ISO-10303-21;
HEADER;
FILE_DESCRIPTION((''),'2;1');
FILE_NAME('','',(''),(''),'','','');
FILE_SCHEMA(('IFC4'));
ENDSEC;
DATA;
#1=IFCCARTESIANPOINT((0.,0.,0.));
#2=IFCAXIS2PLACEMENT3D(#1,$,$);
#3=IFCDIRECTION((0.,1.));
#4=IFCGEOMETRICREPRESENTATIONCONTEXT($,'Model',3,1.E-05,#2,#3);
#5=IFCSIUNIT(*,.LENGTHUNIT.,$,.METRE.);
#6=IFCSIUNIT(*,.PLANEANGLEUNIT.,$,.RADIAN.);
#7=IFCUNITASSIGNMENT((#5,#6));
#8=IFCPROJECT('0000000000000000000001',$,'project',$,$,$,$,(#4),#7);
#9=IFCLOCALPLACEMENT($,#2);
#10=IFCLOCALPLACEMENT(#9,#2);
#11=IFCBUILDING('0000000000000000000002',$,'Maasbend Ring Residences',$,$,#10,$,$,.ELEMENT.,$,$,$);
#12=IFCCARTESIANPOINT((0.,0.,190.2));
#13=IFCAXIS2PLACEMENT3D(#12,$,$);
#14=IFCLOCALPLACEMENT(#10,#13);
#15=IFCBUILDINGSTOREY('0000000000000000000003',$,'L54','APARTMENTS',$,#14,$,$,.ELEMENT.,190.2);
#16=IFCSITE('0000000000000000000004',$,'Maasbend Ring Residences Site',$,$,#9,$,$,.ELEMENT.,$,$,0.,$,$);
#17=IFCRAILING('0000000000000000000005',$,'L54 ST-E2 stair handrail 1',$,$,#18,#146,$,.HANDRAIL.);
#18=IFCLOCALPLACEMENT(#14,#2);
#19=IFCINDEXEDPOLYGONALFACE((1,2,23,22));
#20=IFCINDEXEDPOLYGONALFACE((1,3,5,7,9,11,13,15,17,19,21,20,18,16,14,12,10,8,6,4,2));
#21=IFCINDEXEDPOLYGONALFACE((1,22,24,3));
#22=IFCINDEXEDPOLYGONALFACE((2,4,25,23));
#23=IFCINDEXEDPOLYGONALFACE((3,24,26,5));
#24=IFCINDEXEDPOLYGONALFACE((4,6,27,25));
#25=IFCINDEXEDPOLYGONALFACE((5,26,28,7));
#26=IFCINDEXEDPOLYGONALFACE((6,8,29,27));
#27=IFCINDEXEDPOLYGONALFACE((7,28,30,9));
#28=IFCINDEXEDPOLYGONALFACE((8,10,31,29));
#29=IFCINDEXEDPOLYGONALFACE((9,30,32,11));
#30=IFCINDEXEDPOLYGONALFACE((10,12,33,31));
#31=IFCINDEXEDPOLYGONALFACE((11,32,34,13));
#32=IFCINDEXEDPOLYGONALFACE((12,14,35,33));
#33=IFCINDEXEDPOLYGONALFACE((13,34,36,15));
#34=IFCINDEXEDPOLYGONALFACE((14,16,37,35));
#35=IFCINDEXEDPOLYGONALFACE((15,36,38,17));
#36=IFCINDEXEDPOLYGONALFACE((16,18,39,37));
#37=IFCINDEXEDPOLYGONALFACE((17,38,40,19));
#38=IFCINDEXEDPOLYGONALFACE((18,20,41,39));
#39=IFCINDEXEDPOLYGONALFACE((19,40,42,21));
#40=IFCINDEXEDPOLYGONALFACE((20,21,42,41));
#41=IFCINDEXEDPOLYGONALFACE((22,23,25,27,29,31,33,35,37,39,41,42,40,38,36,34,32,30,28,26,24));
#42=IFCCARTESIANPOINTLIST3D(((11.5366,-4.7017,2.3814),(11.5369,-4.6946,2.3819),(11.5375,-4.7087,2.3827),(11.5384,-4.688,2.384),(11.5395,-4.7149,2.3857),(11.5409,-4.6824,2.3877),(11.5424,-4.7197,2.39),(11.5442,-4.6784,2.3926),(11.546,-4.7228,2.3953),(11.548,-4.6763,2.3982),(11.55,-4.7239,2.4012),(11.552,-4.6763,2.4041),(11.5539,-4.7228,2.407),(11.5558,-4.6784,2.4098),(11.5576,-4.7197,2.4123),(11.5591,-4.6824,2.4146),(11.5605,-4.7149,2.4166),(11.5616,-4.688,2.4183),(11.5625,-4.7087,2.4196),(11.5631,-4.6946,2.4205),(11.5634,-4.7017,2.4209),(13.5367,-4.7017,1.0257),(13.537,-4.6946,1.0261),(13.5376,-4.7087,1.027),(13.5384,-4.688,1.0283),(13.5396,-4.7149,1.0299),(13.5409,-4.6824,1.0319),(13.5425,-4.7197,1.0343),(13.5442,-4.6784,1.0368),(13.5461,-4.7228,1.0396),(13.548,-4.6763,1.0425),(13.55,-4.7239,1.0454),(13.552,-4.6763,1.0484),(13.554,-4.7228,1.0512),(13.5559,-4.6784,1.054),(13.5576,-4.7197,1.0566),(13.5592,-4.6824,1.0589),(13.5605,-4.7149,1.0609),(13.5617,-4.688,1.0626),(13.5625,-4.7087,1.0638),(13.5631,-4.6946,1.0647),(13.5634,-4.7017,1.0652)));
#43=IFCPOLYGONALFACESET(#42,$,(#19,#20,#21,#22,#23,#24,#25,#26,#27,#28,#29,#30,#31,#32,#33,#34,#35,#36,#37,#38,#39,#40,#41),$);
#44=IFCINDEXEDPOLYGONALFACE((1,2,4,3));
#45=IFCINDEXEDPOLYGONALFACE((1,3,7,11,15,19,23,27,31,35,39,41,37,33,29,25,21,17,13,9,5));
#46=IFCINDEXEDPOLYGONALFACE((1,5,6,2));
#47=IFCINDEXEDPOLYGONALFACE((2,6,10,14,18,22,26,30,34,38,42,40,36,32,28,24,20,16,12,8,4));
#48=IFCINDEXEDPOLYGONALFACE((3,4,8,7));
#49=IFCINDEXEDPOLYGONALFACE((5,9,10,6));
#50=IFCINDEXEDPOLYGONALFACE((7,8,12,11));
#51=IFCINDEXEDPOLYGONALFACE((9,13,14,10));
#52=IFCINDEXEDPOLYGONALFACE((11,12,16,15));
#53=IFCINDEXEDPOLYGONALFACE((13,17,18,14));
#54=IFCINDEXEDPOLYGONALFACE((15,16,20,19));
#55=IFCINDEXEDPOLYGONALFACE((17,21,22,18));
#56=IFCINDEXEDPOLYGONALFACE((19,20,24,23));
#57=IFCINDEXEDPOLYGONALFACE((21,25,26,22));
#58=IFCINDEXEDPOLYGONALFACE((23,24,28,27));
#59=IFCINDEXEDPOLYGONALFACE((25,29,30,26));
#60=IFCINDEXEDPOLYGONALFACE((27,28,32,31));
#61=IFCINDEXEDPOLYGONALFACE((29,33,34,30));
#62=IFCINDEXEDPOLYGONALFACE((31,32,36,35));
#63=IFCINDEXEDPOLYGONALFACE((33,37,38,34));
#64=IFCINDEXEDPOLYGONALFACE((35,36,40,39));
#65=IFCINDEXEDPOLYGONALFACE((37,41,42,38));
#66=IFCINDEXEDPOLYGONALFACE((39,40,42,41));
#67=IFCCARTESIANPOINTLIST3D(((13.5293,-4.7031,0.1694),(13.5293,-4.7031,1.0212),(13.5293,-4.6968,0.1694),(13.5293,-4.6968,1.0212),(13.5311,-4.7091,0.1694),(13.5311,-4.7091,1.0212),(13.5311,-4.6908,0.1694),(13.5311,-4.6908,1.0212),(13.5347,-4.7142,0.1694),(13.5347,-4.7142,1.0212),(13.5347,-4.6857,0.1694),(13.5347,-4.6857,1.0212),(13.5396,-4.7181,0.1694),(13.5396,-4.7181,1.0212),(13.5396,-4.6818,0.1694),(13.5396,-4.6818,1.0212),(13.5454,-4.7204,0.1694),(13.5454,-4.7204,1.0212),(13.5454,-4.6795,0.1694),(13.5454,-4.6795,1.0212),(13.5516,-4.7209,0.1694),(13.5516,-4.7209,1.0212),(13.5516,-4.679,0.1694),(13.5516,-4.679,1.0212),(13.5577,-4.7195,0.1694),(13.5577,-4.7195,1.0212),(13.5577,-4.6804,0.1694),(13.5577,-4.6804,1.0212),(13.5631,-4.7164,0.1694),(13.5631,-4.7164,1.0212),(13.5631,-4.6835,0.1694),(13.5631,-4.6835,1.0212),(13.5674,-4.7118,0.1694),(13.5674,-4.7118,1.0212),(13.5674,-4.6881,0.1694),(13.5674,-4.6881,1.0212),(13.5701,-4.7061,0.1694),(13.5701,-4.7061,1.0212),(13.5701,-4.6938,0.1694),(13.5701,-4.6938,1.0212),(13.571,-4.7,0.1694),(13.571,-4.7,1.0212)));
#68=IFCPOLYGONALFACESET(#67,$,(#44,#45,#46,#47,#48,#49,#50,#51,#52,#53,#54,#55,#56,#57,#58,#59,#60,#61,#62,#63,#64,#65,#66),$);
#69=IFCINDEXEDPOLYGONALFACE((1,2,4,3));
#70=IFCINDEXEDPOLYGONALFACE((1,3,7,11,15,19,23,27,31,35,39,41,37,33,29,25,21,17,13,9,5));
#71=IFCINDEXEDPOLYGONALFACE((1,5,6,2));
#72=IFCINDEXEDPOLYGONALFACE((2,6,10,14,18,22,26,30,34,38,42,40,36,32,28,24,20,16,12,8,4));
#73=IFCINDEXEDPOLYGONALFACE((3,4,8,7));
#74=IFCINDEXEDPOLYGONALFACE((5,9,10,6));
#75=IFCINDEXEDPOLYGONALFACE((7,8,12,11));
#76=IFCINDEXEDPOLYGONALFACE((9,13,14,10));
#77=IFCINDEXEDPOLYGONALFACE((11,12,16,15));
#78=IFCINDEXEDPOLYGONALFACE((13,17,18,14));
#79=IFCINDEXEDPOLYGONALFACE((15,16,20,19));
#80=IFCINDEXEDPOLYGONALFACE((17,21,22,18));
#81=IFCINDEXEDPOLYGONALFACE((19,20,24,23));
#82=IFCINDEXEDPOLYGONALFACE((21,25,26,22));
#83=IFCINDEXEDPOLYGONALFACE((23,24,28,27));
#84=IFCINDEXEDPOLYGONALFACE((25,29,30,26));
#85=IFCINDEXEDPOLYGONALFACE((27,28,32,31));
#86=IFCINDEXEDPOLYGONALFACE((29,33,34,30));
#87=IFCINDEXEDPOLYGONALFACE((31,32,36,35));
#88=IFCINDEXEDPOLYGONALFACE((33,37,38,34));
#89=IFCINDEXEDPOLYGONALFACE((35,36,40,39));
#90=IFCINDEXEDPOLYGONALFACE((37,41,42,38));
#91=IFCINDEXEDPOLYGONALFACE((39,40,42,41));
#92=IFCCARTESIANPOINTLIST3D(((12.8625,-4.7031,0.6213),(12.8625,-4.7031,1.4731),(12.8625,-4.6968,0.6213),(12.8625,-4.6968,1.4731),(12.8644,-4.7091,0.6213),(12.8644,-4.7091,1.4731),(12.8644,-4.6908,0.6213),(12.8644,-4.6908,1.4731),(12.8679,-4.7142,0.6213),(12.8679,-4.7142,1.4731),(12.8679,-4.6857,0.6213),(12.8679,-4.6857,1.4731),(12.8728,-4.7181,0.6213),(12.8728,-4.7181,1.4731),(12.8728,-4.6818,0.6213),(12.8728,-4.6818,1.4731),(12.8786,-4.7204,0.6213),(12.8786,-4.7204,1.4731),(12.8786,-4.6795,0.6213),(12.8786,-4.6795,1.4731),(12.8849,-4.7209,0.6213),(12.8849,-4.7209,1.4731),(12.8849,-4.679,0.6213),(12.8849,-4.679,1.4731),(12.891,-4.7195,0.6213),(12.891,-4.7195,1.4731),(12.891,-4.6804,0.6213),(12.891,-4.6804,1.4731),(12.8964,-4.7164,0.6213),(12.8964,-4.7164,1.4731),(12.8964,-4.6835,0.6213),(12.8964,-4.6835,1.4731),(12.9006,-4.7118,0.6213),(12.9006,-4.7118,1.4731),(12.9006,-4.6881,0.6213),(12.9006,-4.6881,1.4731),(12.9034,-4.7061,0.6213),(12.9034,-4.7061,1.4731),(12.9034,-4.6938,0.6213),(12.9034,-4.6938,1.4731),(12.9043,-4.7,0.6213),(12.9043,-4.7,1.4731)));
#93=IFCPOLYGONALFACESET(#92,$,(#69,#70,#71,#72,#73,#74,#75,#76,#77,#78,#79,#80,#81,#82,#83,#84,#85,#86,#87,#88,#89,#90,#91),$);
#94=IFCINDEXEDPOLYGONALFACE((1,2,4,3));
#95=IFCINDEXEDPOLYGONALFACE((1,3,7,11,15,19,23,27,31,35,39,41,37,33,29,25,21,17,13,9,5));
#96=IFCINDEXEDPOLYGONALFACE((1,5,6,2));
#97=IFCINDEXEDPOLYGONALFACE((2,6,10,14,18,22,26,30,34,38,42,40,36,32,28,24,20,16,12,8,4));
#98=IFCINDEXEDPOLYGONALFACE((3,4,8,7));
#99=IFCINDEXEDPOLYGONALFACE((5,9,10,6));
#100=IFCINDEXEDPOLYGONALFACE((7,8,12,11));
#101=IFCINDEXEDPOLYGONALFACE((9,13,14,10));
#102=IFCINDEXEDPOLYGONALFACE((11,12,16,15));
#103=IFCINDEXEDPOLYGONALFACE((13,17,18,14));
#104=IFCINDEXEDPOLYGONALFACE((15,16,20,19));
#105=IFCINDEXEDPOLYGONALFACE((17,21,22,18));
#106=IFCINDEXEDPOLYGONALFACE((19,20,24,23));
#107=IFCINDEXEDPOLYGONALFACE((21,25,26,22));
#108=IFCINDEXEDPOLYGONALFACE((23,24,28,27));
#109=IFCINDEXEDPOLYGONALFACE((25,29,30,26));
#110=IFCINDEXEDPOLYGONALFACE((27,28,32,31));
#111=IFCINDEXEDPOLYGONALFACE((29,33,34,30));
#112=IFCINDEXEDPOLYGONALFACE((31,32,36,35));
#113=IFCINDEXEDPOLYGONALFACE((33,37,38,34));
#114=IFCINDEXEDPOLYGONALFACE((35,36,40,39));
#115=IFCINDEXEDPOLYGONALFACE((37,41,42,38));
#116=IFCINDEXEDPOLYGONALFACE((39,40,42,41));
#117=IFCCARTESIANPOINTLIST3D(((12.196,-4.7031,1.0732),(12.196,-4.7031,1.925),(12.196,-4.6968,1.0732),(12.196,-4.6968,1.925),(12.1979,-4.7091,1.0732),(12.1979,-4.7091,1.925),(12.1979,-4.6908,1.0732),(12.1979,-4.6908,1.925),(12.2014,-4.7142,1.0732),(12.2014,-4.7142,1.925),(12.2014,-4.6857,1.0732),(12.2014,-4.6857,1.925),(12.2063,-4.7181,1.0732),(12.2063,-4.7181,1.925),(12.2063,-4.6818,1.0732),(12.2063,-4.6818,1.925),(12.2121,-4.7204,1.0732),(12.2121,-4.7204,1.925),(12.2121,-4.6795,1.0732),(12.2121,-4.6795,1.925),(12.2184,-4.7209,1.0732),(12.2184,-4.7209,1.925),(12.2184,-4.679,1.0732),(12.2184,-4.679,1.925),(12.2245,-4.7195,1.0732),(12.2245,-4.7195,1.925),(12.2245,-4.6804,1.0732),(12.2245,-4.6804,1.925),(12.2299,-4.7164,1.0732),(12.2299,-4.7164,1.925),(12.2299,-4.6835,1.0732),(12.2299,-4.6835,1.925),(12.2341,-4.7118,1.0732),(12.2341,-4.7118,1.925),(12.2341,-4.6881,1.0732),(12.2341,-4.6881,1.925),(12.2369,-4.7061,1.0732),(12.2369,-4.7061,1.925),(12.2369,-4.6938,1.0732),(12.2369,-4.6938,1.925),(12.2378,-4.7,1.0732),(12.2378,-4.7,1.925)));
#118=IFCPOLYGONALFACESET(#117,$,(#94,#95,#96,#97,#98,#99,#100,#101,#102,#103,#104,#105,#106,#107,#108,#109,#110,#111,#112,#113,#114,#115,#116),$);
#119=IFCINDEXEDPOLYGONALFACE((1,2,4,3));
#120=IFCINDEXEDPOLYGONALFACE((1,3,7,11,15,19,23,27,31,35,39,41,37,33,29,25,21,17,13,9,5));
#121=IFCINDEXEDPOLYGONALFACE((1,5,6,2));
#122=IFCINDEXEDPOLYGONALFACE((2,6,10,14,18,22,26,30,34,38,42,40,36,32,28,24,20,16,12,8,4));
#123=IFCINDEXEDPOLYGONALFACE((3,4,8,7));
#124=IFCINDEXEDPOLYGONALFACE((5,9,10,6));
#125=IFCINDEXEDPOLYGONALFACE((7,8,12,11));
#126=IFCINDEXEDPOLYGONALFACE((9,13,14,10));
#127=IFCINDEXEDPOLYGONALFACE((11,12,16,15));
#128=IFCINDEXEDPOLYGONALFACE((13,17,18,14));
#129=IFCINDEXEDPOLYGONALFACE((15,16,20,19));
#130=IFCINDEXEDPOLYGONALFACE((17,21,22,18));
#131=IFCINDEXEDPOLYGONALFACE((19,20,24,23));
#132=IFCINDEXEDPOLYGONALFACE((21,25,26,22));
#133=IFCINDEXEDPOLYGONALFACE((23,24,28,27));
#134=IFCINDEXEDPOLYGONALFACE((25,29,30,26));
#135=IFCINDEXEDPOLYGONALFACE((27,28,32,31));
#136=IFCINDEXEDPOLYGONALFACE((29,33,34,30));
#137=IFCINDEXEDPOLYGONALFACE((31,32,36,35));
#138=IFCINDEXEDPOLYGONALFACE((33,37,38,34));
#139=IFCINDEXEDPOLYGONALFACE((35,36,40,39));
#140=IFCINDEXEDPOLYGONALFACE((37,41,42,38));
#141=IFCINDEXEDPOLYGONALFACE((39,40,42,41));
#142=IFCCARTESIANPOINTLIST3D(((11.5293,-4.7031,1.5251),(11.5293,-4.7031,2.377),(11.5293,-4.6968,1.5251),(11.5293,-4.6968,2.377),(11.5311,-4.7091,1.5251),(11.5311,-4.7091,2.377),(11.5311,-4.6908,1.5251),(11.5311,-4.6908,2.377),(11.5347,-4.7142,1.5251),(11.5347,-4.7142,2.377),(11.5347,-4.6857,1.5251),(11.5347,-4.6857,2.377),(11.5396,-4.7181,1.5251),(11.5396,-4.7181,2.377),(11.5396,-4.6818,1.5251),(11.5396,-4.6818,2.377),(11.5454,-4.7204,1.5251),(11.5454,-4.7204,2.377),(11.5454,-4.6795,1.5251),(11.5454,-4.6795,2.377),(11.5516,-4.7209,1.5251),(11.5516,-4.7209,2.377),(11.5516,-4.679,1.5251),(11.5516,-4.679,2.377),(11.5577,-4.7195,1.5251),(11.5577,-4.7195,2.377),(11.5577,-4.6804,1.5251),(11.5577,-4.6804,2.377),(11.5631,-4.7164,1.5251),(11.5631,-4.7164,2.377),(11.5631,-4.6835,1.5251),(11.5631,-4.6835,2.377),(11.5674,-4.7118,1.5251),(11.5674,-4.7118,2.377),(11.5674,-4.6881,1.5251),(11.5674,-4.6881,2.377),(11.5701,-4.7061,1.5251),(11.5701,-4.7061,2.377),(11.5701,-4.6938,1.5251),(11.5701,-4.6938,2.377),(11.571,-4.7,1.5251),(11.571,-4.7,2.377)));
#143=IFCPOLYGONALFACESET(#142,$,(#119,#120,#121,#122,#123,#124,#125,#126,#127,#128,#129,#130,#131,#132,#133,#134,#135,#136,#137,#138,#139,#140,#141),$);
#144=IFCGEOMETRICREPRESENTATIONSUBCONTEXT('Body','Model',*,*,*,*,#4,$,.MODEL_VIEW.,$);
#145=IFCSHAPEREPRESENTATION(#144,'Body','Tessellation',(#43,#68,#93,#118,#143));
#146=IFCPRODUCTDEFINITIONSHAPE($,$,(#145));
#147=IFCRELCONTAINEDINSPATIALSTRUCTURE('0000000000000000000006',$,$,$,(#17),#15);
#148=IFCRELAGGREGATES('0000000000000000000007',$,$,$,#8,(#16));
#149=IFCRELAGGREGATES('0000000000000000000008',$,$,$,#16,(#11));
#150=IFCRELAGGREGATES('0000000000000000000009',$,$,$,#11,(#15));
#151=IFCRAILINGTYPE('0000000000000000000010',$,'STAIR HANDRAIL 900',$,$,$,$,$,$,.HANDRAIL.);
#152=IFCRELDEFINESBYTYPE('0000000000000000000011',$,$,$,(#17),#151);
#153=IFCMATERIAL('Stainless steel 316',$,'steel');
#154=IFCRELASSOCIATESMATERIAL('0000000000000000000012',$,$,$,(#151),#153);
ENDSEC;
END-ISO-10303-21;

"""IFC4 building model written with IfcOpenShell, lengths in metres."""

from ifc_helpers import new_model, si_unit, direction, frame, origin, origin_2d, place, context, subcontext, project, spatial, circle, extrude, material, type_object, element, save


model = new_model("IFC4")

# Units and contexts
model_context = context("Model", 3, precision=1e-05, world=origin(), true_north=direction((0.0, 1.0)))
body_context = subcontext(model_context, "Body", "Model", "MODEL_VIEW")
ifc_project = project(units=[si_unit("LENGTHUNIT", "METRE"), si_unit("PLANEANGLEUNIT", "RADIAN")], contexts=[model_context])

# Site, building, storey
site_placement = place(None, origin())
site = spatial("IfcSite", under=ifc_project, at=site_placement, Name="Maasbend Ring Residences Site", CompositionType="ELEMENT", RefElevation=0.0)
building_placement = place(site_placement, origin())
building = spatial("IfcBuilding", under=site, at=building_placement, Name="Maasbend Ring Residences", CompositionType="ELEMENT")
storey_placement = place(building_placement, frame((0.0, 0.0, 190.2)))
storey = spatial("IfcBuildingStorey", under=building, at=storey_placement, Name="L54", Description="APARTMENTS", CompositionType="ELEMENT", Elevation=190.2)

# Railing
ifc_material_1 = material(Name="Stainless steel 316", Category="steel")
railing_type_1 = type_object("IfcRailingType", Name="STAIR HANDRAIL 900", PredefinedType="HANDRAIL", material=ifc_material_1)
railing_1_placement = place(storey_placement, frame((13.55, -4.7, 0.1694)))
element("IfcRailing", 1, at=railing_1_placement, inside=storey, type_object=railing_type_1, Name="L54 ST-E2 stair handrail 1", PredefinedType="HANDRAIL", context=body_context, shape_type="SweptSolid", body=[
    extrude(circle(Radius=0.0239, at=origin_2d()), frame((0.0, 0.0, 0.876), z_axis=(-0.827751, 0.0, 0.561096), x_axis=(0.0, -1.0, 0.0)), (0.0, 0.0, 1.0), 2.4163),
    extrude(circle(Radius=0.021, at=origin_2d()), origin(), (0.0, 0.0, 1.0), 0.8518),
    extrude(circle(Radius=0.021, at=origin_2d()), frame((-0.6667, 0.0, 0.4519)), (0.0, 0.0, 1.0), 0.8518),
    extrude(circle(Radius=0.021, at=origin_2d()), frame((-1.3333, 0.0, 0.9038)), (0.0, 0.0, 1.0), 0.8518),
    extrude(circle(Radius=0.021, at=origin_2d()), frame((-2.0, 0.0, 1.3557)), (0.0, 0.0, 1.0), 0.8518),
])

save(model, "model.ifc")
